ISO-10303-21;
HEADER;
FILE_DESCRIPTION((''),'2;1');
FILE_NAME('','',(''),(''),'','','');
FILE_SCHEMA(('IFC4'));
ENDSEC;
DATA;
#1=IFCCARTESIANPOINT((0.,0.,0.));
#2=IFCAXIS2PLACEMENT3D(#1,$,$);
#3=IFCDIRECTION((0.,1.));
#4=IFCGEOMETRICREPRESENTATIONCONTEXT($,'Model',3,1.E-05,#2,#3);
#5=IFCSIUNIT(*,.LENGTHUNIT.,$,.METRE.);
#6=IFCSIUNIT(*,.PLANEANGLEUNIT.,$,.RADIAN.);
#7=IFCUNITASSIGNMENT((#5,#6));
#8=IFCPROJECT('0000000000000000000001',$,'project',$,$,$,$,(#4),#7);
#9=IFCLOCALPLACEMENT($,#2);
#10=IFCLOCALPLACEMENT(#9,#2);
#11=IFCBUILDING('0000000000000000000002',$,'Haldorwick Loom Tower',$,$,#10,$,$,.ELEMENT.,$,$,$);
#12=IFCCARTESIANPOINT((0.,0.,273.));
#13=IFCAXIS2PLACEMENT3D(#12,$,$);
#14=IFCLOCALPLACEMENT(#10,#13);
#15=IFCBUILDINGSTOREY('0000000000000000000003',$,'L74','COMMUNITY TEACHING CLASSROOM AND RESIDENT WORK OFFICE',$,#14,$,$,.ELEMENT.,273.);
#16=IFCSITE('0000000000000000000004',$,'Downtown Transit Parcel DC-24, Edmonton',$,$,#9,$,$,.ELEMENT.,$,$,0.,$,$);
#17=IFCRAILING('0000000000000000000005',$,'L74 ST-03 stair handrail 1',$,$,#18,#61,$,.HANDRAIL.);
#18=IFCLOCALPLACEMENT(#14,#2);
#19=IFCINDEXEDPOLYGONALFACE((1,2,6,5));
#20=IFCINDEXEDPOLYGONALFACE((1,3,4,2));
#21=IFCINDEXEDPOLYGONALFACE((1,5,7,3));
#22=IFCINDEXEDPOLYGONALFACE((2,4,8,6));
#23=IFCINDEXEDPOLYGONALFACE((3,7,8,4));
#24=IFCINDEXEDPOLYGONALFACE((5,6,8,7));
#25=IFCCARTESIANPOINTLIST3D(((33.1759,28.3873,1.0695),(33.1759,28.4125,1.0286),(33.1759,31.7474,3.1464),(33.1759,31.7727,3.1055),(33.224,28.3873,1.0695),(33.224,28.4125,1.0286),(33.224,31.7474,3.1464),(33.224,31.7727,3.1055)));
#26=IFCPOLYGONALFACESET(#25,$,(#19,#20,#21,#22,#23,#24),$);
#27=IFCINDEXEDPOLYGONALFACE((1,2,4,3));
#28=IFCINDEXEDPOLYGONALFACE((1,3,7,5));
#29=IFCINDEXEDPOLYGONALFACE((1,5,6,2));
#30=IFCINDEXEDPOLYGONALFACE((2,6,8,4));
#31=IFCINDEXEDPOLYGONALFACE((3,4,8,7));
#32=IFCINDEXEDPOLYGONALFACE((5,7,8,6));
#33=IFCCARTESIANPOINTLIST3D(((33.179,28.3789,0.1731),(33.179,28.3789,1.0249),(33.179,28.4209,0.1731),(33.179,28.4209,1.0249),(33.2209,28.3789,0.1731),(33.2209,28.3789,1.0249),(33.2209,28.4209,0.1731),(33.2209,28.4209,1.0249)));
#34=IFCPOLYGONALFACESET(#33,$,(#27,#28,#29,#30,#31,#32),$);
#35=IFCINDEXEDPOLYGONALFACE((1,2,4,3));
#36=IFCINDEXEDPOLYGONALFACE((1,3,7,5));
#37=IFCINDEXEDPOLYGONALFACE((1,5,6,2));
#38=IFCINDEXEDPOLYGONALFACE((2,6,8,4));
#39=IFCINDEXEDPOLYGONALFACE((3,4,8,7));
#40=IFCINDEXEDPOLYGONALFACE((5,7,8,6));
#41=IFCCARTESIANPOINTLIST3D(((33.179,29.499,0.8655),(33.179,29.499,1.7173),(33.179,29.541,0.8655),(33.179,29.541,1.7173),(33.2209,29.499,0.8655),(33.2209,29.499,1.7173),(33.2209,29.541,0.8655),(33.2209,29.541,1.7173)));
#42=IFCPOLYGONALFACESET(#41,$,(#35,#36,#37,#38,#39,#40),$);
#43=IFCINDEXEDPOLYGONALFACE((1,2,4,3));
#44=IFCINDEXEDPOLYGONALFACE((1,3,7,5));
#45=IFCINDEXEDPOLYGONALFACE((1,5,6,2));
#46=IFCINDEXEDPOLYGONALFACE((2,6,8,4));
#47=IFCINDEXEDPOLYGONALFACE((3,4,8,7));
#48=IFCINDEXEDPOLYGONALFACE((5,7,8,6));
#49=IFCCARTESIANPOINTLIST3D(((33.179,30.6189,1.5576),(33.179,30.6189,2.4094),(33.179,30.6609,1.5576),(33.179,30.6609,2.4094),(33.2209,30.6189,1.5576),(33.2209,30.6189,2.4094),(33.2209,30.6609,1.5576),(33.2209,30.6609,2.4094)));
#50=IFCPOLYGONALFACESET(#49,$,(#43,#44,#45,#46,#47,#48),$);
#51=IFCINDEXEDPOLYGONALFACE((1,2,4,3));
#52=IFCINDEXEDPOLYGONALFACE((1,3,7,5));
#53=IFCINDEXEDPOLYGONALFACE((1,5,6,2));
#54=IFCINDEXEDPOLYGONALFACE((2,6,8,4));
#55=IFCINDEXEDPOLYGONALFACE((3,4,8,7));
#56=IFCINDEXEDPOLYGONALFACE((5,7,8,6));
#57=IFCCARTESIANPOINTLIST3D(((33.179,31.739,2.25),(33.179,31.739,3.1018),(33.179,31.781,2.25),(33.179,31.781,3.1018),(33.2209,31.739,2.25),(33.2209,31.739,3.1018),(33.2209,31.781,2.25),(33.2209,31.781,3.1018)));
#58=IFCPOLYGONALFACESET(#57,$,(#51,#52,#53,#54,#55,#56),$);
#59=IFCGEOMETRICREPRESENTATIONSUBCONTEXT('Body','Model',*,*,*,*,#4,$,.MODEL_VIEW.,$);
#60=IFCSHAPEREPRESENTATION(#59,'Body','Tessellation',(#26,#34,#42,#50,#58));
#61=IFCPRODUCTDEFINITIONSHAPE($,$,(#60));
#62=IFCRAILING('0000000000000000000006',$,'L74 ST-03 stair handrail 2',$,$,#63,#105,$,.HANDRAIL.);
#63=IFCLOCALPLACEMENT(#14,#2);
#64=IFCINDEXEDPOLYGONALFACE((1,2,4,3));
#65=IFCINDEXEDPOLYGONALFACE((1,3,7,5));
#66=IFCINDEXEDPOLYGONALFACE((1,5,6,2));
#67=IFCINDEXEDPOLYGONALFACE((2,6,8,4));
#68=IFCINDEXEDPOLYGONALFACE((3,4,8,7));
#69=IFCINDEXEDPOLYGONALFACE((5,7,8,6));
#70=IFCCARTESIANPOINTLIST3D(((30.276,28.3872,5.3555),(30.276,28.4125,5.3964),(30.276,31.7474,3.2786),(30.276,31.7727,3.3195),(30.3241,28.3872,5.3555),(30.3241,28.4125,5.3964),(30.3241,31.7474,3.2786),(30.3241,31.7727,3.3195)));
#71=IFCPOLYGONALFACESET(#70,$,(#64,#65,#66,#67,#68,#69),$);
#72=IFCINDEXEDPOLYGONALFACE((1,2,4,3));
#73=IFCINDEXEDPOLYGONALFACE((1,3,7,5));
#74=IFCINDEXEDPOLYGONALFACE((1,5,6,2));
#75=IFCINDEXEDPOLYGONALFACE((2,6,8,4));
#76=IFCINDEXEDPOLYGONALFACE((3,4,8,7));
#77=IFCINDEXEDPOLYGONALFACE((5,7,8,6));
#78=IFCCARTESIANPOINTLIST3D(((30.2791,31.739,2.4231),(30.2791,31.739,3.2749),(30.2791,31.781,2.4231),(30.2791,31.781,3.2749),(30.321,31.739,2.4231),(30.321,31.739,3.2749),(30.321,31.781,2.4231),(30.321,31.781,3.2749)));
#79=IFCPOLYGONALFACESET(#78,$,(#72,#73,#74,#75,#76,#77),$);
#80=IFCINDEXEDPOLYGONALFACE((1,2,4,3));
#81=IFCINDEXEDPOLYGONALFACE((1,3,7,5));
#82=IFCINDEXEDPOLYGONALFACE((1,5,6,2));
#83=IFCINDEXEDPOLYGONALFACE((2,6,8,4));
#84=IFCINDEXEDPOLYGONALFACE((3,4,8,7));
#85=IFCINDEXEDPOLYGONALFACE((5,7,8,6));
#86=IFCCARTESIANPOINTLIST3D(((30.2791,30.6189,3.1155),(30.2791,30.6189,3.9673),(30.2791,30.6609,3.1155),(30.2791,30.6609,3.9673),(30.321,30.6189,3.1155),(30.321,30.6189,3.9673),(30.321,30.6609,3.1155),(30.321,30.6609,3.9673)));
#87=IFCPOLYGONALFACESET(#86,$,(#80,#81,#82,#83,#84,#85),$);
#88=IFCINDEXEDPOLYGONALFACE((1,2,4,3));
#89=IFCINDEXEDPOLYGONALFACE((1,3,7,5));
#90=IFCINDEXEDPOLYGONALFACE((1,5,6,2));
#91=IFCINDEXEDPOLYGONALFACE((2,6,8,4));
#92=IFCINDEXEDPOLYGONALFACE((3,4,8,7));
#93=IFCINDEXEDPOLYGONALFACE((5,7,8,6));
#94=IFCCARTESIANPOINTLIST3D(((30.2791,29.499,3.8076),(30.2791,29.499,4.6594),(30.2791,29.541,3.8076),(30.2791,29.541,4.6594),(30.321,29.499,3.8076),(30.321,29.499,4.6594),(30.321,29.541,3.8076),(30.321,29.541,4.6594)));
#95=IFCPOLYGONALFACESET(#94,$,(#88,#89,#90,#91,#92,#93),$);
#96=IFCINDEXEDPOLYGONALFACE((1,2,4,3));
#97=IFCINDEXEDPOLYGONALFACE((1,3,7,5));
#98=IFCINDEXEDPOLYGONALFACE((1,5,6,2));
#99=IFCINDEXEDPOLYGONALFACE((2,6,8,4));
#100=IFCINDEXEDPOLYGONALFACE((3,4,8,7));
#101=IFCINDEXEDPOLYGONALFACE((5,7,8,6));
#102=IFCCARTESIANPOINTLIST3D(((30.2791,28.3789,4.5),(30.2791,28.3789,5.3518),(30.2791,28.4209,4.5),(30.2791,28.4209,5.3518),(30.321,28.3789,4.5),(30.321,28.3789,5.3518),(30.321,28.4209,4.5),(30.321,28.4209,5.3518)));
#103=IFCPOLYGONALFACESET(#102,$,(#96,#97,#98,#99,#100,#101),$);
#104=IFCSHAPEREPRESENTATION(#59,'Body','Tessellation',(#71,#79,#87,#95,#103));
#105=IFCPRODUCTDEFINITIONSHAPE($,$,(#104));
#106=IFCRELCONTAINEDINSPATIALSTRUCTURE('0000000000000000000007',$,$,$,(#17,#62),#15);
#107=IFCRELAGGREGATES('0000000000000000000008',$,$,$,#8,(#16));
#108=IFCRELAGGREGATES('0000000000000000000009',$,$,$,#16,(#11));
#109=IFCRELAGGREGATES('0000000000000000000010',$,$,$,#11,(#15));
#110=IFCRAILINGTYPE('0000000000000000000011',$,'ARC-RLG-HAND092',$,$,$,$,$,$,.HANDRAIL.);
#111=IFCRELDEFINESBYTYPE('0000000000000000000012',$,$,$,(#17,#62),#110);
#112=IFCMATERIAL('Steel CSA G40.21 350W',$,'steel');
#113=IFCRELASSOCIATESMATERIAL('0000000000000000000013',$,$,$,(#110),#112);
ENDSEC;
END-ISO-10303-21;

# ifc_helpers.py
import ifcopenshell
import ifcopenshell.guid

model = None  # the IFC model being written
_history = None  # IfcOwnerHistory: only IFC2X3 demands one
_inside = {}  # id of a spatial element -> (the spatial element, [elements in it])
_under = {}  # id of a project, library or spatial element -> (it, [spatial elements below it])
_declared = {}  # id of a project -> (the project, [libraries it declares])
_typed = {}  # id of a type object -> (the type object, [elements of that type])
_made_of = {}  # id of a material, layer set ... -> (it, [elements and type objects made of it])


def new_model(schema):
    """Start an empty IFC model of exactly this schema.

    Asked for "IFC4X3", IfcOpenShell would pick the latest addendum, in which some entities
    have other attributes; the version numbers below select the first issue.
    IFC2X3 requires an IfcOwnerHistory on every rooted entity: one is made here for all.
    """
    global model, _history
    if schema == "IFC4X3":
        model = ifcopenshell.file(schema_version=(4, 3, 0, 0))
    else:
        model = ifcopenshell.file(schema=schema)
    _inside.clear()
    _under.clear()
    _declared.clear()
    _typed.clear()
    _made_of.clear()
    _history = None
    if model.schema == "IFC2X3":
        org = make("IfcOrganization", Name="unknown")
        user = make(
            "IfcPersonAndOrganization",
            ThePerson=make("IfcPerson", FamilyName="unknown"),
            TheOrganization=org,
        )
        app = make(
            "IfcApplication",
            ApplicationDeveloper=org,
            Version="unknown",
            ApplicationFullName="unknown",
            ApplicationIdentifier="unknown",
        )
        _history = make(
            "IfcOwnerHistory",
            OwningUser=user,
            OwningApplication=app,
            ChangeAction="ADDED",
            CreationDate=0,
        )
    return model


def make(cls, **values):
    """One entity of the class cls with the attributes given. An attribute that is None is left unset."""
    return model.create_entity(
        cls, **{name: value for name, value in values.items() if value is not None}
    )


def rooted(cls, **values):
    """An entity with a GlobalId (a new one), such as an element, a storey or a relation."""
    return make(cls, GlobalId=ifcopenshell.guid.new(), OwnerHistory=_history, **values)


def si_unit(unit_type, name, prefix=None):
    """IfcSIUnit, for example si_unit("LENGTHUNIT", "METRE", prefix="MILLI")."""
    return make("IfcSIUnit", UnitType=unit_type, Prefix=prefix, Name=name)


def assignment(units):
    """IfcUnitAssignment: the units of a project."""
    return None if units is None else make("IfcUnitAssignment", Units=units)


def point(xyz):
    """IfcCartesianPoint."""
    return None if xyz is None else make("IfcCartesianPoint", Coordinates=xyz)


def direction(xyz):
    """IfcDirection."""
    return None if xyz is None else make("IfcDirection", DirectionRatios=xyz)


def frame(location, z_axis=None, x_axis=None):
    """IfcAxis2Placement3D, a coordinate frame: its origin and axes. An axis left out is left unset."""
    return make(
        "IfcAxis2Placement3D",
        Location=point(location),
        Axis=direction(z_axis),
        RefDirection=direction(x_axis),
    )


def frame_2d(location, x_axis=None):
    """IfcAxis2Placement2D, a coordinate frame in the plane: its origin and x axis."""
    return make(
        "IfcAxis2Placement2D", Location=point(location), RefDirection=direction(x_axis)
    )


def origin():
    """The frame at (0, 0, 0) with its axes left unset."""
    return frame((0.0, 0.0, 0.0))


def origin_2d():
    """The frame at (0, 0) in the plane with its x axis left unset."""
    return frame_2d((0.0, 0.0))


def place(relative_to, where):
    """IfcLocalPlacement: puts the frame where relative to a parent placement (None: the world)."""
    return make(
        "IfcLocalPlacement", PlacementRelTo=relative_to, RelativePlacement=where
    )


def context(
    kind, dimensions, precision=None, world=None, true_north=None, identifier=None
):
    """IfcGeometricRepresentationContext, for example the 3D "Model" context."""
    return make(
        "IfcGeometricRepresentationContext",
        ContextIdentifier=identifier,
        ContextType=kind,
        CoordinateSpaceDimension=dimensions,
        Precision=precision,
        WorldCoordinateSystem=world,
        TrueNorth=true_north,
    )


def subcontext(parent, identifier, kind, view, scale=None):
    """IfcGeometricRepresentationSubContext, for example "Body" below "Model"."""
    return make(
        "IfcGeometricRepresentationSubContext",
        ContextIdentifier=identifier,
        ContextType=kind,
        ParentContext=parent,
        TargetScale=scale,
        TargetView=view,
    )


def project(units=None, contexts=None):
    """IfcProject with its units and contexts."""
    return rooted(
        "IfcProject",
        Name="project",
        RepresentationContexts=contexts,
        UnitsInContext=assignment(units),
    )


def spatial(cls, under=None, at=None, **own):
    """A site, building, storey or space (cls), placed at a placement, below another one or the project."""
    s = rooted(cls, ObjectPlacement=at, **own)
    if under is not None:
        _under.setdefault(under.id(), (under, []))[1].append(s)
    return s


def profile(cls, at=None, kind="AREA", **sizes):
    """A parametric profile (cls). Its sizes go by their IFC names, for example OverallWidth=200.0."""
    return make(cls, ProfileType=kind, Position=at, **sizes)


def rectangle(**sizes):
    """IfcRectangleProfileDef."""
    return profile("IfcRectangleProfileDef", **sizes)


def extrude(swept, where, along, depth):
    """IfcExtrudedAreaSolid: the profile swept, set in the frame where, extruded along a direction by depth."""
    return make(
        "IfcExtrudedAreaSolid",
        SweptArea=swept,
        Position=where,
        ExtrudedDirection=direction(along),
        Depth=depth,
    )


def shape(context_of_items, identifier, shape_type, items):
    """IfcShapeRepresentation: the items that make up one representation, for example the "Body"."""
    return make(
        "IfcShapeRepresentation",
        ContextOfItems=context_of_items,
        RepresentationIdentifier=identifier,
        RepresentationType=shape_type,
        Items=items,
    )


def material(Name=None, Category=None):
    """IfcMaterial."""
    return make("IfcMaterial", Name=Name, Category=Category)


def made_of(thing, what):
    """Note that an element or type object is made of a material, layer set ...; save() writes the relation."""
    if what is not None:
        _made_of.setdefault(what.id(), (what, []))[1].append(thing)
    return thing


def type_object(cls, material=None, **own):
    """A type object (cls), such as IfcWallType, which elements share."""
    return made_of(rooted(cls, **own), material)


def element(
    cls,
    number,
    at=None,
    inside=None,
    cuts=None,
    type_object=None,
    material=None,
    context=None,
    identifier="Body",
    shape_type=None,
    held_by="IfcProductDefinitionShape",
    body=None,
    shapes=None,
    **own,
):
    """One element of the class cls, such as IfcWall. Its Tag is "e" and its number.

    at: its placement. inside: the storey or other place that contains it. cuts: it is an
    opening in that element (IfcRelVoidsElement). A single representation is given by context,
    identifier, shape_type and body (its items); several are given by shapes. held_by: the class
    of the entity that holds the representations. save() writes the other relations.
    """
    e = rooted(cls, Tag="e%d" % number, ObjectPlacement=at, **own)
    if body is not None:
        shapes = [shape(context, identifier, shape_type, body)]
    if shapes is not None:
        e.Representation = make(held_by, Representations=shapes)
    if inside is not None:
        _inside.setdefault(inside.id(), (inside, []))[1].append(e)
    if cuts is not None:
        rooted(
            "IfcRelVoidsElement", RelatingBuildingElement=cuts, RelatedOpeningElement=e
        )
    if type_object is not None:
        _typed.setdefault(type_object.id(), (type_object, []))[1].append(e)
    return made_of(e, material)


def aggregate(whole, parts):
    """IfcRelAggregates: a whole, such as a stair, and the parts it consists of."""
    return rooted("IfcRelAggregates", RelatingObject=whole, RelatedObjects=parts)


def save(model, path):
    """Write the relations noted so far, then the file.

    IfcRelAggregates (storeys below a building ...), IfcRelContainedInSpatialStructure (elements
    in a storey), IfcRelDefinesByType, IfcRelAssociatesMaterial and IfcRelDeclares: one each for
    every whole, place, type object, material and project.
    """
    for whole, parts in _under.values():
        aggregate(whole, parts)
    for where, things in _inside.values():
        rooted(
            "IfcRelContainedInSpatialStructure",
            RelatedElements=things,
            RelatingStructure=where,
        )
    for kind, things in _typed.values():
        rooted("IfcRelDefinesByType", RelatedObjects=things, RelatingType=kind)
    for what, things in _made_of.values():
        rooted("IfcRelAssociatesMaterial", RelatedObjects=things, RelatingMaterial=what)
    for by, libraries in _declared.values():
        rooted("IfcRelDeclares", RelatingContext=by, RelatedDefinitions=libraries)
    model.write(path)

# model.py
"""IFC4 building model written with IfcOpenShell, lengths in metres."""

from ifc_helpers import new_model, si_unit, direction, frame, origin, origin_2d, place, context, subcontext, project, spatial, rectangle, extrude, material, type_object, element, save


model = new_model("IFC4")

# Units and contexts
model_context = context("Model", 3, precision=1e-05, world=origin(), true_north=direction((0.0, 1.0)))
body_context = subcontext(model_context, "Body", "Model", "MODEL_VIEW")
ifc_project = project(units=[si_unit("LENGTHUNIT", "METRE"), si_unit("PLANEANGLEUNIT", "RADIAN")], contexts=[model_context])

# Site, building, storey
site_placement = place(None, origin())
site = spatial("IfcSite", under=ifc_project, at=site_placement, Name="Downtown Transit Parcel DC-24, Edmonton", CompositionType="ELEMENT", RefElevation=0.0)
building_placement = place(site_placement, origin())
building = spatial("IfcBuilding", under=site, at=building_placement, Name="Haldorwick Loom Tower", CompositionType="ELEMENT")
storey_placement = place(building_placement, frame((0.0, 0.0, 273.0)))
storey = spatial("IfcBuildingStorey", under=building, at=storey_placement, Name="L74", Description="COMMUNITY TEACHING CLASSROOM AND RESIDENT WORK OFFICE", CompositionType="ELEMENT", Elevation=273.0)

# Shared definitions
ifc_material_1 = material(Name="Steel CSA G40.21 350W", Category="steel")

# Railings
railing_type_1 = type_object("IfcRailingType", Name="ARC-RLG-HAND092", PredefinedType="HANDRAIL", material=ifc_material_1)
railing_1_placement = place(storey_placement, frame((33.2, 28.3999, 0.1731)))
element("IfcRailing", 1, at=railing_1_placement, inside=storey, type_object=railing_type_1, Name="L74 ST-03 stair handrail 1", PredefinedType="HANDRAIL", context=body_context, shape_type="SweptSolid", body=[
    extrude(rectangle(XDim=0.0481, YDim=0.0481, at=origin_2d()), frame((0.0, 0.0, 0.876), z_axis=(0.0, 0.850623, 0.525776), x_axis=(-1.0, 0.0, 0.0)), (0.0, 0.0, 1.0), 3.9502),
    extrude(rectangle(XDim=0.042, YDim=0.042, at=origin_2d()), origin(), (0.0, 0.0, 1.0), 0.8518),
    extrude(rectangle(XDim=0.042, YDim=0.042, at=origin_2d()), frame((0.0, 1.1201, 0.6924)), (0.0, 0.0, 1.0), 0.8518),
    extrude(rectangle(XDim=0.042, YDim=0.042, at=origin_2d()), frame((0.0, 2.24, 1.3845)), (0.0, 0.0, 1.0), 0.8518),
    extrude(rectangle(XDim=0.042, YDim=0.042, at=origin_2d()), frame((0.0, 3.3601, 2.0769)), (0.0, 0.0, 1.0), 0.8518),
])
railing_2_placement = place(storey_placement, frame((30.3, 31.76, 2.4231)))
element("IfcRailing", 2, at=railing_2_placement, inside=storey, type_object=railing_type_1, Name="L74 ST-03 stair handrail 2", PredefinedType="HANDRAIL", context=body_context, shape_type="SweptSolid", body=[
    extrude(rectangle(XDim=0.0481, YDim=0.0481, at=origin_2d()), frame((0.0, 0.0, 0.876), z_axis=(0.0, -0.850623, 0.525776), x_axis=(1.0, 0.0, 0.0)), (0.0, 0.0, 1.0), 3.9502),
    extrude(rectangle(XDim=0.042, YDim=0.042, at=origin_2d()), origin(), (0.0, 0.0, 1.0), 0.8518),
    extrude(rectangle(XDim=0.042, YDim=0.042, at=origin_2d()), frame((0.0, -1.1201, 0.6924)), (0.0, 0.0, 1.0), 0.8518),
    extrude(rectangle(XDim=0.042, YDim=0.042, at=origin_2d()), frame((0.0, -2.24, 1.3845)), (0.0, 0.0, 1.0), 0.8518),
    extrude(rectangle(XDim=0.042, YDim=0.042, at=origin_2d()), frame((0.0, -3.3601, 2.0769)), (0.0, 0.0, 1.0), 0.8518),
])

save(model, "model.ifc")
